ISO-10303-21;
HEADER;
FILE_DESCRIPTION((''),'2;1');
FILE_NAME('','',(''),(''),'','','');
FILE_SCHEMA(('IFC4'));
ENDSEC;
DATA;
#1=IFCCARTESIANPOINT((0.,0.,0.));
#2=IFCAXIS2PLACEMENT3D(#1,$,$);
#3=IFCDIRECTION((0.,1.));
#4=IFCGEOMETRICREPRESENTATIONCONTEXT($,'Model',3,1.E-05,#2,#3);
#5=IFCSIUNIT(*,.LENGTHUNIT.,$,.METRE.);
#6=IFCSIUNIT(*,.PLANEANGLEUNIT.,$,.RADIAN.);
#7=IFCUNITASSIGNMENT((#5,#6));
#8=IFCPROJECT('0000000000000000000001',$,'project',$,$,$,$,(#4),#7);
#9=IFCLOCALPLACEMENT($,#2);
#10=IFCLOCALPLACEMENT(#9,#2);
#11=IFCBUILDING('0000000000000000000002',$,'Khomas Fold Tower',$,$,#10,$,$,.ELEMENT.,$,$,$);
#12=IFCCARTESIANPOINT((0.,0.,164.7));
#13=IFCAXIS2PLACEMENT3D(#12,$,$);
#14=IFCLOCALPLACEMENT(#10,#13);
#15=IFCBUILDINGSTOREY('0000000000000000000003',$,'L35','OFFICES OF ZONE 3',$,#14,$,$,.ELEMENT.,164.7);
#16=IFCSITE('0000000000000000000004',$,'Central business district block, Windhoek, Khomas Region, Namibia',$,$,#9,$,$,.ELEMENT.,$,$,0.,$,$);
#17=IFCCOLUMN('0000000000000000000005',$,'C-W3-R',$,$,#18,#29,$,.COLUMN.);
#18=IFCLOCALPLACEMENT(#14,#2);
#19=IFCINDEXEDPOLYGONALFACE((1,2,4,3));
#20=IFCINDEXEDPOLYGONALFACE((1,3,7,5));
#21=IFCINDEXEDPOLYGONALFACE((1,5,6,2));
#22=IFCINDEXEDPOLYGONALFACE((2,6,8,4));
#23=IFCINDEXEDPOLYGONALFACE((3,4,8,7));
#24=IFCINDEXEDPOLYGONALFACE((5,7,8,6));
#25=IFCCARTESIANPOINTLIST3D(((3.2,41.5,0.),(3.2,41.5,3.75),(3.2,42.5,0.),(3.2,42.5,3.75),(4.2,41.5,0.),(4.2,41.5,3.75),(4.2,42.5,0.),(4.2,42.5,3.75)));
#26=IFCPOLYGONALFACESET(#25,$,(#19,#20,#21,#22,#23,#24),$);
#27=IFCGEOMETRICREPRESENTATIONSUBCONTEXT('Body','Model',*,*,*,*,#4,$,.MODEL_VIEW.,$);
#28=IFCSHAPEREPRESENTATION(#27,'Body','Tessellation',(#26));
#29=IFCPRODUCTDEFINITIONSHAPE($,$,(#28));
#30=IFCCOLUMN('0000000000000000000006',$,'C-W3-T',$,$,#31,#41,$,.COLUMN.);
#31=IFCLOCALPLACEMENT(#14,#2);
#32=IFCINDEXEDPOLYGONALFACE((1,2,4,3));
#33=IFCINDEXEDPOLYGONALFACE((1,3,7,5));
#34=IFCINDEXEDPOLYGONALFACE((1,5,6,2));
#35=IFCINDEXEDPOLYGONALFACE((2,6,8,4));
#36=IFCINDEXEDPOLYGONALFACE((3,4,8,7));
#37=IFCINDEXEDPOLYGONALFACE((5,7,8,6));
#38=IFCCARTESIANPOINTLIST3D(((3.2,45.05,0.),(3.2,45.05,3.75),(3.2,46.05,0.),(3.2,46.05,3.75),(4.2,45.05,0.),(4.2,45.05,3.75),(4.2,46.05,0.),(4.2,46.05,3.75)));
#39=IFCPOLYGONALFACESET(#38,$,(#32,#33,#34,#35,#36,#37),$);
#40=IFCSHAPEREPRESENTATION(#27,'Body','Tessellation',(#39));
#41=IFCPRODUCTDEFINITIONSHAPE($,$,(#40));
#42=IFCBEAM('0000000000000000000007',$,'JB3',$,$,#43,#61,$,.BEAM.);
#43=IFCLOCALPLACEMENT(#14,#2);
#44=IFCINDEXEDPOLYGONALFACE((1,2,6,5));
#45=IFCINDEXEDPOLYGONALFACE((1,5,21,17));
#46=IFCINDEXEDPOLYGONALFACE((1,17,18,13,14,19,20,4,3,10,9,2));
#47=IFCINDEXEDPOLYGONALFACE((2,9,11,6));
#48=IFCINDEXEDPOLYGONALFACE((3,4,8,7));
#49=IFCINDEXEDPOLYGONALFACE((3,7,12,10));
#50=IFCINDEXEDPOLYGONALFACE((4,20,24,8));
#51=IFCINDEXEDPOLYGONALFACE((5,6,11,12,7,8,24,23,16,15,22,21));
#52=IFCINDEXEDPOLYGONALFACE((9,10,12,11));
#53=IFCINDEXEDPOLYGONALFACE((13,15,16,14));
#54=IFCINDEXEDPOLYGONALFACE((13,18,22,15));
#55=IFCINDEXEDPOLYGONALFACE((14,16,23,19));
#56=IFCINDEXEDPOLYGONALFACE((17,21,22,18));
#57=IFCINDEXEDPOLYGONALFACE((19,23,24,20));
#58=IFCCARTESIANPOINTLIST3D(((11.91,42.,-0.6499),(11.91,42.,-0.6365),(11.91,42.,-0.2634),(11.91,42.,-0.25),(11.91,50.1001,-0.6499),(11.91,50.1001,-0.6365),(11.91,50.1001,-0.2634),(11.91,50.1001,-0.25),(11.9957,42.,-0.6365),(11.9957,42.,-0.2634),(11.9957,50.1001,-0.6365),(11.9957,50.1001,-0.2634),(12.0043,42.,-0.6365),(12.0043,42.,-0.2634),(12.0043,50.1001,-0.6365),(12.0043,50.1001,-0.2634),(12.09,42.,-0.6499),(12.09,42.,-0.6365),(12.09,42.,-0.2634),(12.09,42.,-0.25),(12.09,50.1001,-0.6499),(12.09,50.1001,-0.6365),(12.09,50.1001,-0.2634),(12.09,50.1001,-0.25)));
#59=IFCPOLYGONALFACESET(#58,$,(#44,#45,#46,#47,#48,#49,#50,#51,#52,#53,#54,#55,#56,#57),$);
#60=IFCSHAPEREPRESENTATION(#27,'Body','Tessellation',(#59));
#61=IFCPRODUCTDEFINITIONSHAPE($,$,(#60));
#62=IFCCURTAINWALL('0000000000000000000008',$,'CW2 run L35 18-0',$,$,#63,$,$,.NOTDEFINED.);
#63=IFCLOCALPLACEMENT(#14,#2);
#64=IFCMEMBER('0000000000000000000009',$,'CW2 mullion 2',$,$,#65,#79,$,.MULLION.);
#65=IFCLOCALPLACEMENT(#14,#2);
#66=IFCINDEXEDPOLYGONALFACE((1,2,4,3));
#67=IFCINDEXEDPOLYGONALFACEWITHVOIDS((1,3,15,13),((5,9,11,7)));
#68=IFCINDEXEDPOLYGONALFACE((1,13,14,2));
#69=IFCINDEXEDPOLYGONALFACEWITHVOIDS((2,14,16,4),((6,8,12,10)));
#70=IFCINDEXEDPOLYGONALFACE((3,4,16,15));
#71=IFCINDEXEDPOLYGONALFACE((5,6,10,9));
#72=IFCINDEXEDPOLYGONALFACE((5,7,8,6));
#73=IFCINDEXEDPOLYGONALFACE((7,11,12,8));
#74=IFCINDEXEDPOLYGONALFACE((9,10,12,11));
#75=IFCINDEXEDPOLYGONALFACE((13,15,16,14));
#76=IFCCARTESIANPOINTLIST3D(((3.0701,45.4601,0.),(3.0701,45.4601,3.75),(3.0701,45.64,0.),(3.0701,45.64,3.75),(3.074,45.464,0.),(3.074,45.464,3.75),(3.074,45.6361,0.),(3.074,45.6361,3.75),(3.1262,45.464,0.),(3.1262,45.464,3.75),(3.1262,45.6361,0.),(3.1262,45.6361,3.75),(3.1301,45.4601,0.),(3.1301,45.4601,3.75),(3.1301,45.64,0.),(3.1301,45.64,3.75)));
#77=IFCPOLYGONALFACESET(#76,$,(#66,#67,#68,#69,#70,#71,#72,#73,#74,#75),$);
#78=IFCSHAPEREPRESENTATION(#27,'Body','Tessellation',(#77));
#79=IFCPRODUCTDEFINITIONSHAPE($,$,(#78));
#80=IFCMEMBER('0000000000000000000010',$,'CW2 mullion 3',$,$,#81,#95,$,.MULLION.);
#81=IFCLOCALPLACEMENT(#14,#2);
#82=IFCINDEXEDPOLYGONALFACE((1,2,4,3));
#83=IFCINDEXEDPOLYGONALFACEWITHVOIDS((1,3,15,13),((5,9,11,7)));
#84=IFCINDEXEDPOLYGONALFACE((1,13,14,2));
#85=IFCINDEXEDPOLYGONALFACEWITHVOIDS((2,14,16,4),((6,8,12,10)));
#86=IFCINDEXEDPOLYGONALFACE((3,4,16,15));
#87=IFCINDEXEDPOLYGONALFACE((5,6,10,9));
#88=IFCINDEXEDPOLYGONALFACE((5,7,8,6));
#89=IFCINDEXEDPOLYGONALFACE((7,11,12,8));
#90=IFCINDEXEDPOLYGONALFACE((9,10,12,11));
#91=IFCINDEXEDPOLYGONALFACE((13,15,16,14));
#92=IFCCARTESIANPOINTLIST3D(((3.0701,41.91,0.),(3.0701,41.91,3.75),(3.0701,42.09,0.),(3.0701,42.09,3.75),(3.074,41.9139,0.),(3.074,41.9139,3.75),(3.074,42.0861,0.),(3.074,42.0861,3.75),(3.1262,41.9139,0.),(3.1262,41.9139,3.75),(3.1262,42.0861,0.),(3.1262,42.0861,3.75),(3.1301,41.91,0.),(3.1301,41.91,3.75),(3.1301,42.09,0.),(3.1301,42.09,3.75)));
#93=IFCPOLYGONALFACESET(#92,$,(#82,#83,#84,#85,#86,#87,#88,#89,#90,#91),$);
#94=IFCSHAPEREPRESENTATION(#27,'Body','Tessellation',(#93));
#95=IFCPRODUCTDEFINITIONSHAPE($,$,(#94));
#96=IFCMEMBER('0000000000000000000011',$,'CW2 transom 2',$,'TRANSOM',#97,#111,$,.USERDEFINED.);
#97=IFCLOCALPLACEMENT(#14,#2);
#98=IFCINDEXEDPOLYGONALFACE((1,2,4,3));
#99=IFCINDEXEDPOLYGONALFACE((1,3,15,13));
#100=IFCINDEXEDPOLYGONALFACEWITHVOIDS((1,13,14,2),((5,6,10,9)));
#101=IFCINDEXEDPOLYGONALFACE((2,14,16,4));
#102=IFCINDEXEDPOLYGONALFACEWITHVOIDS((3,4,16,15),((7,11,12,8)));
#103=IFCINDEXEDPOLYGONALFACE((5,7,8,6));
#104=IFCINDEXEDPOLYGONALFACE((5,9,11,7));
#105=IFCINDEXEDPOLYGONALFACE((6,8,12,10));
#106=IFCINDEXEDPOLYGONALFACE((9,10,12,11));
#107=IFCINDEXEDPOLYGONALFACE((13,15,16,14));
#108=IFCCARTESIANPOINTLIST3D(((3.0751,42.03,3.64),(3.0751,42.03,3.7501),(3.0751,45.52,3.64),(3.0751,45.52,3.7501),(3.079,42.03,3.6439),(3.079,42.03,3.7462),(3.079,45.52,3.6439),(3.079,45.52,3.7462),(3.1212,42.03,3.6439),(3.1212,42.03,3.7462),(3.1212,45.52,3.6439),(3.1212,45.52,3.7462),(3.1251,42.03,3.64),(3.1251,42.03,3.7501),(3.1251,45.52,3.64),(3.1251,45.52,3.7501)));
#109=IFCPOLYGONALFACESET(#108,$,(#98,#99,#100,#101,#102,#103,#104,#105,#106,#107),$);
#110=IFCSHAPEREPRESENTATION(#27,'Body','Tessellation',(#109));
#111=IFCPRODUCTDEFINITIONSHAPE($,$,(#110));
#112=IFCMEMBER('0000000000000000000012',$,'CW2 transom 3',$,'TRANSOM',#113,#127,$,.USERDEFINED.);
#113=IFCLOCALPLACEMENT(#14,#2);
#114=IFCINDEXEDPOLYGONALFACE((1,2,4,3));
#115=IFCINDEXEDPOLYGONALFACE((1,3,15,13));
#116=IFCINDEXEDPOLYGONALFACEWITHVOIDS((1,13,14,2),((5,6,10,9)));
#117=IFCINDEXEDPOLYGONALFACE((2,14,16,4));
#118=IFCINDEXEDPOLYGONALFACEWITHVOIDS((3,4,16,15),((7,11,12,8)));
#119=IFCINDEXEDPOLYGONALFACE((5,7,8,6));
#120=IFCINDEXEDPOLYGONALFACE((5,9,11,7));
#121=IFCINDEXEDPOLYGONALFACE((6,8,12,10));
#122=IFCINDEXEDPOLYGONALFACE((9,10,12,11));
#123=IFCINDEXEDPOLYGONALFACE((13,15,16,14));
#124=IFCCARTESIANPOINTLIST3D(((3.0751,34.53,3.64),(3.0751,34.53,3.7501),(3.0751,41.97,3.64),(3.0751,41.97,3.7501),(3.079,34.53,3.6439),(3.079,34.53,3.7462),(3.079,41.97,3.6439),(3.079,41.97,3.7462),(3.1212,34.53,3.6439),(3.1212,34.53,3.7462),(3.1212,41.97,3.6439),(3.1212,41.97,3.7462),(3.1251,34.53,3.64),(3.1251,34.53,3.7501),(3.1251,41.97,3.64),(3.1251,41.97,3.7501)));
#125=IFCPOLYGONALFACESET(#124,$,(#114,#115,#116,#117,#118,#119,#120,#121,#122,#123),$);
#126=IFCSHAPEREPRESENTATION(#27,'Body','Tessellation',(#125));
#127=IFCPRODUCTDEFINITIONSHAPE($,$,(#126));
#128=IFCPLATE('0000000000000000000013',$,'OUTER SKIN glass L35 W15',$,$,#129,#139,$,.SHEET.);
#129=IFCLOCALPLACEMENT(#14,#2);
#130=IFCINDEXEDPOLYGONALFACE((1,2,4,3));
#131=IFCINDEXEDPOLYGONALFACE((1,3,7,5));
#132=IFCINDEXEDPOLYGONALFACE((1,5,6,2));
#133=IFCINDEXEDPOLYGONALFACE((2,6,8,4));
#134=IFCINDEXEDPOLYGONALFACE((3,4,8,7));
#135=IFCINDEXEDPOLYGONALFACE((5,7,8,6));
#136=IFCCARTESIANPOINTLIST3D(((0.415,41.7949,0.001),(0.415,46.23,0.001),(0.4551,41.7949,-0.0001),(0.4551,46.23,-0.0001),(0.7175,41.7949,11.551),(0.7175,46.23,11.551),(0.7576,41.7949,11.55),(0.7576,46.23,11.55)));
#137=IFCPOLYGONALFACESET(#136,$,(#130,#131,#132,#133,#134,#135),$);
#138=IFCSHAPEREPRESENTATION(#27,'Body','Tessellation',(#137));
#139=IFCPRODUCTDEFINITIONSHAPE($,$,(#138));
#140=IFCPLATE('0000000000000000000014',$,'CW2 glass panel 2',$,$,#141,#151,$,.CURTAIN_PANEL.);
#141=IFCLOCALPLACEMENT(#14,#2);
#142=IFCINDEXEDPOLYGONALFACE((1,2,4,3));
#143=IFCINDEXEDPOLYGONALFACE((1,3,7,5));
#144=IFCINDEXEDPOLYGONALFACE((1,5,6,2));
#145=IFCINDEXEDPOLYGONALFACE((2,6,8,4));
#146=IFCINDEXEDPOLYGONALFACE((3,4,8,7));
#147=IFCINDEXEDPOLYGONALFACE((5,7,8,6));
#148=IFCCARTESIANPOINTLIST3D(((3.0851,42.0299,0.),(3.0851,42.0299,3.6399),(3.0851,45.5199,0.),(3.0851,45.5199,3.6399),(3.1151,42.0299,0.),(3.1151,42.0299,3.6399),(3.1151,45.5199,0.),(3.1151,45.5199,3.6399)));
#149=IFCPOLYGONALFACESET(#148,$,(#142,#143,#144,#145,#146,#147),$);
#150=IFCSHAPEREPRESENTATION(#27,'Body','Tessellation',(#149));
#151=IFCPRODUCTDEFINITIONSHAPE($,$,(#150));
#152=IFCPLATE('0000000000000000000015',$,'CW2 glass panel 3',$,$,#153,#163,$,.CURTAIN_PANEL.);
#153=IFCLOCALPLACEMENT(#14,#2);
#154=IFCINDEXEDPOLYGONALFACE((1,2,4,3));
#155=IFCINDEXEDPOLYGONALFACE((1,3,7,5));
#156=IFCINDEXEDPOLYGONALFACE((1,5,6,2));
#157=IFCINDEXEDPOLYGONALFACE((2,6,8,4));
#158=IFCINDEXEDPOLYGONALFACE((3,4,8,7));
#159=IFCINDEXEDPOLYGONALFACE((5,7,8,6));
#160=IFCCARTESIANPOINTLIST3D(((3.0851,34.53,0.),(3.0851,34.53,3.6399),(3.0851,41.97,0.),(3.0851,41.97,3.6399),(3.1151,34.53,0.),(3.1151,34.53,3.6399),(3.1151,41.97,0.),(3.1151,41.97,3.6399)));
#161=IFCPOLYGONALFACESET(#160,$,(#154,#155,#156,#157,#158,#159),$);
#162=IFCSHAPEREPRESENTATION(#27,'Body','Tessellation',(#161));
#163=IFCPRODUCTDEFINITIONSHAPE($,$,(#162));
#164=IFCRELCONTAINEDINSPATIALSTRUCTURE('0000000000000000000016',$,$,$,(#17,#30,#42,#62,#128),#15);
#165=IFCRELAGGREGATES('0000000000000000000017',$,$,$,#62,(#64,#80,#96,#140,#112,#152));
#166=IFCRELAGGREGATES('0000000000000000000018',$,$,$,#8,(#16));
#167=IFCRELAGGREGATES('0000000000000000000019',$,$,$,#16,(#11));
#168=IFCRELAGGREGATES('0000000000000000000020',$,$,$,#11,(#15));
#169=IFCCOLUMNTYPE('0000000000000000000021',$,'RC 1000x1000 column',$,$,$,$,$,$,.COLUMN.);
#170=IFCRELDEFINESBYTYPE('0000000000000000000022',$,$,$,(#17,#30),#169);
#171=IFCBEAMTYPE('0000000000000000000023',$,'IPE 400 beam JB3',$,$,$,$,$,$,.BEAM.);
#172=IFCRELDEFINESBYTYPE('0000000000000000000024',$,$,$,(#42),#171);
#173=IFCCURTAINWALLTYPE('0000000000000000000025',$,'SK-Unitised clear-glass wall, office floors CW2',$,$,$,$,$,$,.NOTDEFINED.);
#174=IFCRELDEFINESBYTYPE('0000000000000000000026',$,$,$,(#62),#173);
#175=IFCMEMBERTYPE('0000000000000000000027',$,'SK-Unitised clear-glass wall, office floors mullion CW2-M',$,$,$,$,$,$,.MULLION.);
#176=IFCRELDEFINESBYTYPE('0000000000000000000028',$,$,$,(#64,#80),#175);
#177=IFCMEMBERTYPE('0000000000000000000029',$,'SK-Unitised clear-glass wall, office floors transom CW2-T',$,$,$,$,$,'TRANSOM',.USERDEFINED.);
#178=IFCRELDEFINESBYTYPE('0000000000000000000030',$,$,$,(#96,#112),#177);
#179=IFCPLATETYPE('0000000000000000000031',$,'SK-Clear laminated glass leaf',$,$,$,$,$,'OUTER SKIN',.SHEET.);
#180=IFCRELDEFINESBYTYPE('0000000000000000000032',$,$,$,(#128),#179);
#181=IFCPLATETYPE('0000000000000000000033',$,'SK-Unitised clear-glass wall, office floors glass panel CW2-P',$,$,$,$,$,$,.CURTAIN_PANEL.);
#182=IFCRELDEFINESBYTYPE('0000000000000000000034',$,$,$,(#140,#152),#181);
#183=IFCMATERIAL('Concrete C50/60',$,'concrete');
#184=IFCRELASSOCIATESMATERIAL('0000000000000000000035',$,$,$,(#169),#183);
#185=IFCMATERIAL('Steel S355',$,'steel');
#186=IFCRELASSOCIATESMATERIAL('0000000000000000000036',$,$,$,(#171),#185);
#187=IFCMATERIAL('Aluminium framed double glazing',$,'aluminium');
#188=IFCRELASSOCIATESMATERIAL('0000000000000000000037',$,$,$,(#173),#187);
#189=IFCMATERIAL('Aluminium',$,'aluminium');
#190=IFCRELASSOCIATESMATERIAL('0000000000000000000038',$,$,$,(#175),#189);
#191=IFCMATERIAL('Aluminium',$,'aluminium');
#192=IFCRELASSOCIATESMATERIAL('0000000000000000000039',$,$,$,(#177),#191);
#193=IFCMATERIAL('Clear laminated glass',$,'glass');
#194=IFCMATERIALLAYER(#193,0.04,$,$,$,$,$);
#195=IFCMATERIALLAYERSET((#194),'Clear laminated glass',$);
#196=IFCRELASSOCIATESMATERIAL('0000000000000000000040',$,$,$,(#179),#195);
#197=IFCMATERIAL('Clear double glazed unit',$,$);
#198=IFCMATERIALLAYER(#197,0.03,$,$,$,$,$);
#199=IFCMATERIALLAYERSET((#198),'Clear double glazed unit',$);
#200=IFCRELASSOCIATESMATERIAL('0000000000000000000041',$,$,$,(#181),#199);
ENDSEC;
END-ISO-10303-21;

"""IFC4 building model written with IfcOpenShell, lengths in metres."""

from ifc_helpers import new_model, si_unit, direction, frame, origin, origin_2d, place, context, subcontext, project, spatial, polyline, rectangle, hollow_rectangle, i_section, outline, extrude, source, transform, mapped, material, layer, layer_set, material_profile, profile_set, type_object, element, aggregate, save


model = new_model("IFC4")

# Units and contexts
model_context = context("Model", 3, precision=1e-05, world=origin(), true_north=direction((0.0, 1.0)))
body_context = subcontext(model_context, "Body", "Model", "MODEL_VIEW")
ifc_project = project(units=[si_unit("LENGTHUNIT", "METRE"), si_unit("PLANEANGLEUNIT", "RADIAN")], contexts=[model_context])

# Site, building, storey
site_placement = place(None, origin())
site = spatial("IfcSite", under=ifc_project, at=site_placement, Name="Central business district block, Windhoek, Khomas Region, Namibia", CompositionType="ELEMENT", RefElevation=0.0)
building_placement = place(site_placement, origin())
building = spatial("IfcBuilding", under=site, at=building_placement, Name="Khomas Fold Tower", CompositionType="ELEMENT")
storey_placement = place(building_placement, frame((0.0, 0.0, 164.7)))
storey = spatial("IfcBuildingStorey", under=building, at=storey_placement, Name="L35", Description="OFFICES OF ZONE 3", CompositionType="ELEMENT", Elevation=164.7)

# Columns
ifc_material_1 = material(Name="Concrete C50/60", Category="concrete")
ifc_material_profile_1 = material_profile(ifc_material_1, rectangle(XDim=1.0, YDim=1.0, at=origin_2d()), Name="RC 1000x1000")
ifc_profile_set_1 = profile_set([ifc_material_profile_1], Name="Concrete C50/60")
column_type = type_object("IfcColumnType", Name="RC 1000x1000 column", PredefinedType="COLUMN", material=ifc_profile_set_1)
shared_shape_1 = source(origin(), body_context, "Body", "SweptSolid", [
    extrude(rectangle(XDim=1.0, YDim=1.0, at=origin_2d()), origin(), (0.0, 0.0, 1.0), 3.75),
])
for number, where, z_axis, x_axis, name in (
    (1, (3.7, 42.0, 0.0), (0.0, 0.0, 1.0), (1.0, 0.0, 0.0), "C-W3-R"),
    (2, (3.7, 45.55, 0.0), (0.0, 0.0, 1.0), (1.0, 0.0, 0.0), "C-W3-T"),
):
    element("IfcColumn", number, at=place(storey_placement, frame(where, z_axis=z_axis, x_axis=x_axis)), inside=storey, type_object=column_type, Name=name, PredefinedType="COLUMN", context=body_context, shape_type="MappedRepresentation", body=[
        mapped(shared_shape_1, transform((0.0, 0.0, 0.0))),
    ])

# Beam
ifc_material_2 = material(Name="Steel S355", Category="steel")
ifc_material_profile_2 = material_profile(ifc_material_2, i_section(OverallWidth=0.1799, OverallDepth=0.3999, WebThickness=0.0085, FlangeThickness=0.0134, at=origin_2d()), Name="IPE 400")
ifc_profile_set_2 = profile_set([ifc_material_profile_2], Name="Steel S355")
beam_type = type_object("IfcBeamType", Name="IPE 400 beam JB3", PredefinedType="BEAM", material=ifc_profile_set_2)
shared_shape_2 = source(origin(), body_context, "Body", "SweptSolid", [
    extrude(i_section(OverallWidth=0.1799, OverallDepth=0.3999, WebThickness=0.0085, FlangeThickness=0.0134, at=origin_2d()), origin(), (0.0, 0.0, 1.0), 8.1001),
])
beam_placement = place(storey_placement, frame((12.0, 42.0, -0.45), z_axis=(0.0, 1.0, 0.0), x_axis=(-1.0, 0.0, 0.0)))
element("IfcBeam", 3, at=beam_placement, inside=storey, type_object=beam_type, Name="JB3", PredefinedType="BEAM", context=body_context, shape_type="MappedRepresentation", body=[
    mapped(shared_shape_2, transform((0.0, 0.0, 0.0))),
])

# Curtain wall, members
ifc_material_3 = material(Name="Aluminium framed double glazing", Category="aluminium")
curtain_wall_type = type_object("IfcCurtainWallType", Name="SK-Unitised clear-glass wall, office floors CW2", PredefinedType="NOTDEFINED", material=ifc_material_3)
curtain_wall_placement = place(storey_placement, origin())
curtain_wall = element("IfcCurtainWall", 4, at=curtain_wall_placement, inside=storey, type_object=curtain_wall_type, Name="CW2 run L35 18-0", PredefinedType="NOTDEFINED")
ifc_material_4 = material(Name="Aluminium", Category="aluminium")
ifc_material_profile_3 = material_profile(ifc_material_4, hollow_rectangle(XDim=0.0601, YDim=0.1799, WallThickness=0.0039, at=origin_2d()), Name="SK-Unitised clear-glass wall, office floors mullion CW2-M")
ifc_profile_set_3 = profile_set([ifc_material_profile_3], Name="Aluminium")
member_type_1 = type_object("IfcMemberType", Name="SK-Unitised clear-glass wall, office floors mullion CW2-M", PredefinedType="MULLION", material=ifc_profile_set_3)
shared_shape_3 = source(origin(), body_context, "Body", "SweptSolid", [
    extrude(hollow_rectangle(XDim=0.0601, YDim=0.1799, WallThickness=0.0039, at=origin_2d()), origin(), (0.0, 0.0, 1.0), 3.75),
])
member_1_placement = place(storey_placement, frame((3.1001, 45.55, 0.0), z_axis=(0.0, 0.0, 1.0), x_axis=(1.0, 0.0, 0.0)))
member_1 = element("IfcMember", 5, at=member_1_placement, type_object=member_type_1, Name="CW2 mullion 2", PredefinedType="MULLION", context=body_context, shape_type="MappedRepresentation", body=[
    mapped(shared_shape_3, transform((0.0, 0.0, 0.0))),
])
member_2_placement = place(storey_placement, frame((3.1001, 42.0, 0.0), z_axis=(0.0, 0.0, 1.0), x_axis=(1.0, 0.0, 0.0)))
member_2 = element("IfcMember", 6, at=member_2_placement, type_object=member_type_1, Name="CW2 mullion 3", PredefinedType="MULLION", context=body_context, shape_type="MappedRepresentation", body=[
    mapped(shared_shape_3, transform((0.0, 0.0, 0.0))),
])
ifc_material_5 = material(Name="Aluminium", Category="aluminium")
ifc_material_profile_4 = material_profile(ifc_material_5, hollow_rectangle(XDim=0.05, YDim=0.1101, WallThickness=0.0039, at=origin_2d()), Name="SK-Unitised clear-glass wall, office floors transom CW2-T")
ifc_profile_set_4 = profile_set([ifc_material_profile_4], Name="Aluminium")
member_type_2 = type_object("IfcMemberType", Name="SK-Unitised clear-glass wall, office floors transom CW2-T", ElementType="TRANSOM", PredefinedType="USERDEFINED", material=ifc_profile_set_4)
shared_shape_4 = source(origin(), body_context, "Body", "SweptSolid", [
    extrude(hollow_rectangle(XDim=0.05, YDim=0.1101, WallThickness=0.0039, at=origin_2d()), origin(), (0.0, 0.0, 1.0), 3.49),
])
member_3_placement = place(storey_placement, frame((3.1001, 45.52, 3.6951), z_axis=(0.0, -1.0, 0.0), x_axis=(1.0, 0.0, 0.0)))
member_3 = element("IfcMember", 7, at=member_3_placement, type_object=member_type_2, Name="CW2 transom 2", ObjectType="TRANSOM", PredefinedType="USERDEFINED", context=body_context, shape_type="MappedRepresentation", body=[
    mapped(shared_shape_4, transform((0.0, 0.0, 0.0))),
])
shared_shape_5 = source(origin(), body_context, "Body", "SweptSolid", [
    extrude(hollow_rectangle(XDim=0.05, YDim=0.1101, WallThickness=0.0039, at=origin_2d()), origin(), (0.0, 0.0, 1.0), 7.4399),
])
member_4_placement = place(storey_placement, frame((3.1001, 41.97, 3.6951), z_axis=(0.0, -1.0, 0.0), x_axis=(1.0, 0.0, 0.0)))
member_4 = element("IfcMember", 8, at=member_4_placement, type_object=member_type_2, Name="CW2 transom 3", ObjectType="TRANSOM", PredefinedType="USERDEFINED", context=body_context, shape_type="MappedRepresentation", body=[
    mapped(shared_shape_5, transform((0.0, 0.0, 0.0))),
])

# Plates
ifc_material_6 = material(Name="Clear laminated glass", Category="glass")
ifc_layer_1 = layer(ifc_material_6, 0.04)
ifc_layer_set_1 = layer_set([ifc_layer_1], Name="Clear laminated glass")
plate_type_1 = type_object("IfcPlateType", Name="SK-Clear laminated glass leaf", ElementType="OUTER SKIN", PredefinedType="SHEET", material=ifc_layer_set_1)
plate_1_placement = place(storey_placement, frame((0.415, 41.7949, 0.001), z_axis=(-0.999657, 0.0, 0.026181), x_axis=(0.0, 1.0, 0.0)))
element("IfcPlate", 9, at=plate_1_placement, inside=storey, type_object=plate_type_1, Name="OUTER SKIN glass L35 W15", PredefinedType="SHEET", context=body_context, shape_type="SweptSolid", body=[
    extrude(outline(polyline([(0.0, 0.0), (4.4351, 0.0), (4.4351, -11.554), (0.0, -11.554), (0.0, 0.0)])), origin(), (0.0, 0.0, -1.0), 0.04),
])
ifc_material_7 = material(Name="Clear double glazed unit")
ifc_layer_2 = layer(ifc_material_7, 0.03)
ifc_layer_set_2 = layer_set([ifc_layer_2], Name="Clear double glazed unit")
plate_type_2 = type_object("IfcPlateType", Name="SK-Unitised clear-glass wall, office floors glass panel CW2-P", PredefinedType="CURTAIN_PANEL", material=ifc_layer_set_2)
shared_shape_6 = source(origin(), body_context, "Body", "SweptSolid", [
    extrude(rectangle(XDim=3.49, YDim=0.03, at=origin_2d()), origin(), (0.0, 0.0, 1.0), 3.6399),
])
plate_2_placement = place(storey_placement, frame((3.1001, 43.7749, 0.0), z_axis=(0.0, 0.0, 1.0), x_axis=(0.0, -1.0, 0.0)))
plate_2 = element("IfcPlate", 10, at=plate_2_placement, type_object=plate_type_2, Name="CW2 glass panel 2", PredefinedType="CURTAIN_PANEL", context=body_context, shape_type="MappedRepresentation", body=[
    mapped(shared_shape_6, transform((0.0, 0.0, 0.0))),
])
shared_shape_7 = source(origin(), body_context, "Body", "SweptSolid", [
    extrude(rectangle(XDim=7.4399, YDim=0.03, at=origin_2d()), origin(), (0.0, 0.0, 1.0), 3.6399),
])
plate_3_placement = place(storey_placement, frame((3.1001, 38.25, 0.0), z_axis=(0.0, 0.0, 1.0), x_axis=(0.0, -1.0, 0.0)))
plate_3 = element("IfcPlate", 11, at=plate_3_placement, type_object=plate_type_2, Name="CW2 glass panel 3", PredefinedType="CURTAIN_PANEL", context=body_context, shape_type="MappedRepresentation", body=[
    mapped(shared_shape_7, transform((0.0, 0.0, 0.0))),
])
aggregate(curtain_wall, [member_1, member_2, member_3, plate_2, member_4, plate_3])

save(model, "model.ifc")
